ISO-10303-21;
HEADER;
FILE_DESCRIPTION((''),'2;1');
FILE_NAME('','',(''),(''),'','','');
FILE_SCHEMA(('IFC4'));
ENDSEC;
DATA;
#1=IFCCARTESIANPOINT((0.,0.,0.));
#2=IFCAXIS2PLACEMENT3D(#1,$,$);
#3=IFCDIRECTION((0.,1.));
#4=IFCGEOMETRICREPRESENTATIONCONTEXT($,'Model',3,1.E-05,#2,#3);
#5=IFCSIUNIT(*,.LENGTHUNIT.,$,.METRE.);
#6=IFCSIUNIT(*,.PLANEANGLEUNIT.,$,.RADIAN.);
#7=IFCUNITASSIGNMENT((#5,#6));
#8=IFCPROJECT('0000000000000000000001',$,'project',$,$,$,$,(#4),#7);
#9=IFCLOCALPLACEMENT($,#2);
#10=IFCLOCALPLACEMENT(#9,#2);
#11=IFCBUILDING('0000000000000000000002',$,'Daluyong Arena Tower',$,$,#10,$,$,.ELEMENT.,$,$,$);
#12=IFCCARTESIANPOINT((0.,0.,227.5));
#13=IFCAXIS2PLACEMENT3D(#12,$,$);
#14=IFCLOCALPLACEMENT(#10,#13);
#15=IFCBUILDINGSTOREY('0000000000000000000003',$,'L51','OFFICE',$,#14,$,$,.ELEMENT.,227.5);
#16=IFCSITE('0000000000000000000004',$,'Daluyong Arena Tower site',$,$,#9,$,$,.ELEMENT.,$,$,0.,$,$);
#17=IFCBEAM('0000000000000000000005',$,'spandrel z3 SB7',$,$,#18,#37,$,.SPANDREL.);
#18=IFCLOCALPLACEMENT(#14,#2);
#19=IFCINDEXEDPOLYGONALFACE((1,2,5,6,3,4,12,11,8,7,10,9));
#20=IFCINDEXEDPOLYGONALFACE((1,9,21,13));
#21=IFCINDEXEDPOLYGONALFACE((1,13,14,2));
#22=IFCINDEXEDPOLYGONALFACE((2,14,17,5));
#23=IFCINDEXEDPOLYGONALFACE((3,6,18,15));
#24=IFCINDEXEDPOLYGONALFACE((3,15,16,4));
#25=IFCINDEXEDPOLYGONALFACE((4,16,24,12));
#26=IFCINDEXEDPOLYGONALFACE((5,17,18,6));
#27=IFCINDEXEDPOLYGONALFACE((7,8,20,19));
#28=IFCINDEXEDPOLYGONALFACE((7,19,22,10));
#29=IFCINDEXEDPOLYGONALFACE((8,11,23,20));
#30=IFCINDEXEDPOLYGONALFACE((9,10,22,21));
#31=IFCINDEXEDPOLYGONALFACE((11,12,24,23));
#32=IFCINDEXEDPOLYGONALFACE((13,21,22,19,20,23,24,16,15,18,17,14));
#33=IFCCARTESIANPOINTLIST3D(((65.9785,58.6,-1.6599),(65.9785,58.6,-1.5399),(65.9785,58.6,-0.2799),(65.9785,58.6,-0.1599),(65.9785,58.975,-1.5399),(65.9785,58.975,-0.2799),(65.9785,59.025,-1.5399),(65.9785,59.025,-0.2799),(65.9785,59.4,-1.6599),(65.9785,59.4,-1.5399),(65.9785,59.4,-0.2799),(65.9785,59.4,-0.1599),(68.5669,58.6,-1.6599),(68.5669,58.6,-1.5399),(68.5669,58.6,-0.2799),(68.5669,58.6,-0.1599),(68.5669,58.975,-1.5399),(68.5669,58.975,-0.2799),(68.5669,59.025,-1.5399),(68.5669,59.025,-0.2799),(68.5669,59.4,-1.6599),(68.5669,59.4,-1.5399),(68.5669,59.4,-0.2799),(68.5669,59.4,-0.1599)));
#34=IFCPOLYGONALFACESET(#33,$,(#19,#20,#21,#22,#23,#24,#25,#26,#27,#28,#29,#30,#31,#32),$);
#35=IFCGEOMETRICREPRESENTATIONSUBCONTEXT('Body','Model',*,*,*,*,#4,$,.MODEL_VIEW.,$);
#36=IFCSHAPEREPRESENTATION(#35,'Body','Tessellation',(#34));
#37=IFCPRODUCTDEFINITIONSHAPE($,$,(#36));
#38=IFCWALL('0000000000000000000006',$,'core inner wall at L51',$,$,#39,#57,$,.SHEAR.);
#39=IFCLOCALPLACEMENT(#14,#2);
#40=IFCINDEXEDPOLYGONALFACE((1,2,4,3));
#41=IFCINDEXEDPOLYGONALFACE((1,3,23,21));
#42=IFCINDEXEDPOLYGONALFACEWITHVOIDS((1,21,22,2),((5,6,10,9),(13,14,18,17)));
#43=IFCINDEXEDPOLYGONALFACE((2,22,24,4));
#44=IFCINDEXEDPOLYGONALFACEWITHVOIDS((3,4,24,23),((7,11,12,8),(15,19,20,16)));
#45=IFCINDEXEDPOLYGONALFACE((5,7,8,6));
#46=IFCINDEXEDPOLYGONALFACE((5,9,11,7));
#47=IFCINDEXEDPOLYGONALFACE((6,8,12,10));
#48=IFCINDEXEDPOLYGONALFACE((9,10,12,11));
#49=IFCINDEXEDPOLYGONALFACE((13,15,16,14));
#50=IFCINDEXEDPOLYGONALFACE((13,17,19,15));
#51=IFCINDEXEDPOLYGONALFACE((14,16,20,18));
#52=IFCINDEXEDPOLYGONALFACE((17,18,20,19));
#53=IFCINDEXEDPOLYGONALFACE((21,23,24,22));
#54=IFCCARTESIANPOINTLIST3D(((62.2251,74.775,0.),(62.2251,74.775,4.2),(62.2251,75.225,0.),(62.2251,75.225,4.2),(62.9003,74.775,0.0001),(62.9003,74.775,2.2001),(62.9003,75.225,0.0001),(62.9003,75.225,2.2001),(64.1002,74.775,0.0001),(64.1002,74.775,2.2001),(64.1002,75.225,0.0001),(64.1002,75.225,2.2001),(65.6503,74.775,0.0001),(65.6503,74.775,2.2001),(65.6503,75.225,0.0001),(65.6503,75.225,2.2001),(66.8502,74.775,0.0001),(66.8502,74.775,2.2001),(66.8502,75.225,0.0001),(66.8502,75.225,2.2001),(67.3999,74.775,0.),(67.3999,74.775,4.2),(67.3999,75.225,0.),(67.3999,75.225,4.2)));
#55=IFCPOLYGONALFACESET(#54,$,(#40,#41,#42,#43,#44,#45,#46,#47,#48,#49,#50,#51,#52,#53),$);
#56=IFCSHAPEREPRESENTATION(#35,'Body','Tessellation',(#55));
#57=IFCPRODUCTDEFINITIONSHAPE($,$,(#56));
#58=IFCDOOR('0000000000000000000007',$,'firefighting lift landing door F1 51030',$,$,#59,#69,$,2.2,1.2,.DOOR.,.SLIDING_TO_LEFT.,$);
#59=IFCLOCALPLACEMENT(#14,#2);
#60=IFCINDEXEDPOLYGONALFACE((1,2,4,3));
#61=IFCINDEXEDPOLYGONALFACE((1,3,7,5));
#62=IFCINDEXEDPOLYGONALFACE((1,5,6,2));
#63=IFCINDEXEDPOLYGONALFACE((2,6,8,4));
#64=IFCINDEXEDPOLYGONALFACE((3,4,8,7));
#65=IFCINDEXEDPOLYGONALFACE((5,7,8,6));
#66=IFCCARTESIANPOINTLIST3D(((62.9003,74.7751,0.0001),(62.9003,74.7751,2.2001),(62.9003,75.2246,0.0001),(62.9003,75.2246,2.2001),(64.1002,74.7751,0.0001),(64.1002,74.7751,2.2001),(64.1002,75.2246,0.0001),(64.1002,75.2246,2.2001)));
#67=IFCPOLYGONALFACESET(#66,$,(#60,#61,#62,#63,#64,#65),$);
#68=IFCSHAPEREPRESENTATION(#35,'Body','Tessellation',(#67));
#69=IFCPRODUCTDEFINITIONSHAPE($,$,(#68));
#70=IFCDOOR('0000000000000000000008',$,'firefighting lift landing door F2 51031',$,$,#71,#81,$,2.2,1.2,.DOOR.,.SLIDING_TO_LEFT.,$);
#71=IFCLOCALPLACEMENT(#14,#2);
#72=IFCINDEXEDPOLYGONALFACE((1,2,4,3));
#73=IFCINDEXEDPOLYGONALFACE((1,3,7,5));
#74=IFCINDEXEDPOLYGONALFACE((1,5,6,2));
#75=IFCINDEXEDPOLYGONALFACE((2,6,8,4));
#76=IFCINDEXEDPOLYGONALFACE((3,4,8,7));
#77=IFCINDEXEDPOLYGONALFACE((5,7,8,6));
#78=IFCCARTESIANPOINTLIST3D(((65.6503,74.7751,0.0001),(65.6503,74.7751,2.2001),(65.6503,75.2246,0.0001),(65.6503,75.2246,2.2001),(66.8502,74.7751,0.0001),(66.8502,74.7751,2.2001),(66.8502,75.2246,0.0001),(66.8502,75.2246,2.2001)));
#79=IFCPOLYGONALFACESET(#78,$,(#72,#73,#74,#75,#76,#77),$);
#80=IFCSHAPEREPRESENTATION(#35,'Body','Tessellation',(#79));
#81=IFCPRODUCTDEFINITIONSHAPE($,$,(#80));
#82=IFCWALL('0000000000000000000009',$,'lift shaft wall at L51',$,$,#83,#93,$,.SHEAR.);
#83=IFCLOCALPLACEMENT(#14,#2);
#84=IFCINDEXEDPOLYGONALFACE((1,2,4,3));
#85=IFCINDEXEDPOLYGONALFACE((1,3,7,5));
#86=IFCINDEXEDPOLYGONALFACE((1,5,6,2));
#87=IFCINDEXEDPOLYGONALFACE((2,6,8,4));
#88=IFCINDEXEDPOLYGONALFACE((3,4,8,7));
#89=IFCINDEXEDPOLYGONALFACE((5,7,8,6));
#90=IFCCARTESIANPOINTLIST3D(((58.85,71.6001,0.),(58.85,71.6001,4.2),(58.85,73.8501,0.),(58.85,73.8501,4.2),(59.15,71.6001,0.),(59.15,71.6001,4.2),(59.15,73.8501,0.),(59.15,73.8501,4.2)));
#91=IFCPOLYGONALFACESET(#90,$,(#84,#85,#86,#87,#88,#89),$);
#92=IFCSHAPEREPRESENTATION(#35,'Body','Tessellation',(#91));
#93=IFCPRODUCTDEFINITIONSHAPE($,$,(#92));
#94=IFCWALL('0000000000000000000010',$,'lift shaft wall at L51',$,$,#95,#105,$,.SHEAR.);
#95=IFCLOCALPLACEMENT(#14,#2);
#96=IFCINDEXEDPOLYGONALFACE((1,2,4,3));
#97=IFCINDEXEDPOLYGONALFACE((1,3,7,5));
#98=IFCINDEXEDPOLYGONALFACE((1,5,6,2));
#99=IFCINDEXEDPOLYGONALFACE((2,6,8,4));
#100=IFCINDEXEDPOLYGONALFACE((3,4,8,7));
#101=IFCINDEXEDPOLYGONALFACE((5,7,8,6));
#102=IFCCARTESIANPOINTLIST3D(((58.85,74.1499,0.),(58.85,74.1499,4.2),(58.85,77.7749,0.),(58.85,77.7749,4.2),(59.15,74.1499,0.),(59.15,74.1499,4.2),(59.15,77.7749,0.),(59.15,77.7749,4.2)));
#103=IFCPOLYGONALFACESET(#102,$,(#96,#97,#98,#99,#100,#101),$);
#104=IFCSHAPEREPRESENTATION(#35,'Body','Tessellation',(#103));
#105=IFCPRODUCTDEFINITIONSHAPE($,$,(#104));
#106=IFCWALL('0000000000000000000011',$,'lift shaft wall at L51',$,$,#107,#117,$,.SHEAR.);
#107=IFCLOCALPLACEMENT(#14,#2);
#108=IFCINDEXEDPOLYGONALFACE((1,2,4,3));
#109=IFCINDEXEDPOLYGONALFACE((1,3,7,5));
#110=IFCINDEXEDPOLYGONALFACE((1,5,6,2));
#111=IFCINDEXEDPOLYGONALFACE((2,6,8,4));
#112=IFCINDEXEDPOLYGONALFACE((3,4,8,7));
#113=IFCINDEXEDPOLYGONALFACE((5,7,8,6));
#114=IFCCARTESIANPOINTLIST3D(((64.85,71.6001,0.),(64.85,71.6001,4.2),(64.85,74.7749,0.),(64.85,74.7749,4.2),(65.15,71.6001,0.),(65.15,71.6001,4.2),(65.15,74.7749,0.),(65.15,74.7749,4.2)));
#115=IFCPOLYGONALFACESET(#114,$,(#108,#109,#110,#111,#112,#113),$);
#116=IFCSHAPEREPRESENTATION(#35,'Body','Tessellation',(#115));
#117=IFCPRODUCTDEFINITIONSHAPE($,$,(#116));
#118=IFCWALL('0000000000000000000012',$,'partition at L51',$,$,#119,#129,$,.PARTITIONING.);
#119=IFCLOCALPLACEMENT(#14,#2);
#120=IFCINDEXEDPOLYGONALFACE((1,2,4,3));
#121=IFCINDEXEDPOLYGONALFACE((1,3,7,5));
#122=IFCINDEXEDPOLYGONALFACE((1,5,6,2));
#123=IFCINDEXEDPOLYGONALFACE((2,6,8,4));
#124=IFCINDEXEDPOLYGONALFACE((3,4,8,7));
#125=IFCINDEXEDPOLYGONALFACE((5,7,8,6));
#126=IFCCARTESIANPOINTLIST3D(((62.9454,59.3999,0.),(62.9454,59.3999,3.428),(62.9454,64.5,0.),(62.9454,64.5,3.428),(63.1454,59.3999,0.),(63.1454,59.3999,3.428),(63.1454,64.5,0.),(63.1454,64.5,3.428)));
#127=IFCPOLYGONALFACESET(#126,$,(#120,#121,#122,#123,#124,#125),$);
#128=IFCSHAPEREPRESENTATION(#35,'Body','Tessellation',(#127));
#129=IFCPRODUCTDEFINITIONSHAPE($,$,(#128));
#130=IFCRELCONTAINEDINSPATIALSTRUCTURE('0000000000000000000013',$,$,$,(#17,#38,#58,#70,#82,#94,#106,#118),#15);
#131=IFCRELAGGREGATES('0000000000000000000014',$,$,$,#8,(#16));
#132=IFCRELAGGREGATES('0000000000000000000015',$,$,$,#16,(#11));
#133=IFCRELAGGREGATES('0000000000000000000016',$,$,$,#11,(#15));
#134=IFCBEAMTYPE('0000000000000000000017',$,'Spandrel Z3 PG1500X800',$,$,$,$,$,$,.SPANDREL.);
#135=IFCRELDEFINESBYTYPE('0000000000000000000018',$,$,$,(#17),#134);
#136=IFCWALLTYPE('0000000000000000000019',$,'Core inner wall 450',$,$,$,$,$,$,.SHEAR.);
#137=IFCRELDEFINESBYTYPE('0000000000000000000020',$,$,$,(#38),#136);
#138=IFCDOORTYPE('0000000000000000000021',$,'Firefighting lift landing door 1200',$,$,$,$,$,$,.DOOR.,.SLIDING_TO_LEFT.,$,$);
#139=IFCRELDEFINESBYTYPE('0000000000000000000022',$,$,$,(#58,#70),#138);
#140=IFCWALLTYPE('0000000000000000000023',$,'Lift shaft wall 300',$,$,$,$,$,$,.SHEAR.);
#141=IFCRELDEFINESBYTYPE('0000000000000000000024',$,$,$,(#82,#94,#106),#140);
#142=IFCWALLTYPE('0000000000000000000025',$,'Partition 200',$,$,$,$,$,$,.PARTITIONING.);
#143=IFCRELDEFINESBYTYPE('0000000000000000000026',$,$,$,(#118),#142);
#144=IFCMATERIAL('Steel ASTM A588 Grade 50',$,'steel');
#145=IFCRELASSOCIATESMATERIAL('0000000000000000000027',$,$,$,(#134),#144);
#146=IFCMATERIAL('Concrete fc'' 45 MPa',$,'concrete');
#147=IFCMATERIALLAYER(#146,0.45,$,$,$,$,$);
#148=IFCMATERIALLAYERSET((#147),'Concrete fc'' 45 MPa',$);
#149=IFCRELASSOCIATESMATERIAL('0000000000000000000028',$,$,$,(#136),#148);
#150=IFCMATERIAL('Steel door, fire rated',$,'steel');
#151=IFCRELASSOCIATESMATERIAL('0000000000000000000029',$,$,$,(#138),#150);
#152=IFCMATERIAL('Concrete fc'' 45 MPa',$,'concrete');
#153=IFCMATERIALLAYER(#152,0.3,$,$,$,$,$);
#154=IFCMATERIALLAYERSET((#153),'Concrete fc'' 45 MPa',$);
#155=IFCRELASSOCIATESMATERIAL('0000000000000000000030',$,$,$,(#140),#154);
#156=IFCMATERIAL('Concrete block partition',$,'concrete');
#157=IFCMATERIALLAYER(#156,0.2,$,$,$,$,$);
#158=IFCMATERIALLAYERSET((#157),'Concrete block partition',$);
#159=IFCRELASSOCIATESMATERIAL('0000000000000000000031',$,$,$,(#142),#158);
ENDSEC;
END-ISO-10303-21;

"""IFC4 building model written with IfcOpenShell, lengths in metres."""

from ifc_helpers import new_model, si_unit, direction, frame, frame_2d, origin, origin_2d, place, context, subcontext, project, spatial, rectangle, i_section, extrude, material, layer, layer_set, material_profile, profile_set, type_object, element, fill, save


model = new_model("IFC4")

# Units and contexts
model_context = context("Model", 3, precision=1e-05, world=origin(), true_north=direction((0.0, 1.0)))
body_context = subcontext(model_context, "Body", "Model", "MODEL_VIEW")
ifc_project = project(units=[si_unit("LENGTHUNIT", "METRE"), si_unit("PLANEANGLEUNIT", "RADIAN")], contexts=[model_context])

# Site, building, storey
site_placement = place(None, origin())
site = spatial("IfcSite", under=ifc_project, at=site_placement, Name="Daluyong Arena Tower site", CompositionType="ELEMENT", RefElevation=0.0)
building_placement = place(site_placement, origin())
building = spatial("IfcBuilding", under=site, at=building_placement, Name="Daluyong Arena Tower", CompositionType="ELEMENT")
storey_placement = place(building_placement, frame((0.0, 0.0, 227.5)))
storey = spatial("IfcBuildingStorey", under=building, at=storey_placement, Name="L51", Description="OFFICE", CompositionType="ELEMENT", Elevation=227.5)

# Beam
ifc_material_1 = material(Name="Steel ASTM A588 Grade 50", Category="steel")
ifc_material_profile_1 = material_profile(ifc_material_1, i_section(OverallWidth=0.8, OverallDepth=1.5, WebThickness=0.05, FlangeThickness=0.12, at=origin_2d()))
ifc_profile_set_1 = profile_set([ifc_material_profile_1], Name="Steel ASTM A588 Grade 50")
beam_type_1 = type_object("IfcBeamType", Name="Spandrel Z3 PG1500X800", PredefinedType="SPANDREL", material=ifc_profile_set_1)
beam_1_placement = place(storey_placement, frame((65.9785, 59.0, -0.9099), z_axis=(1.0, 0.0, 0.0), x_axis=(0.0, 1.0, 0.0)))
element("IfcBeam", 1, at=beam_1_placement, inside=storey, type_object=beam_type_1, Name="spandrel z3 SB7", PredefinedType="SPANDREL", context=body_context, shape_type="SweptSolid", body=[
    extrude(i_section(OverallWidth=0.8, OverallDepth=1.5, WebThickness=0.05, FlangeThickness=0.12, at=origin_2d()), origin(), (0.0, 0.0, 1.0), 2.5884),
])

# Shared definitions
ifc_material_2 = material(Name="Concrete fc' 45 MPa", Category="concrete")
ifc_layer_1 = layer(ifc_material_2, 0.45)
ifc_layer_set_1 = layer_set([ifc_layer_1], Name="Concrete fc' 45 MPa")
wall_type_1 = type_object("IfcWallType", Name="Core inner wall 450", PredefinedType="SHEAR", material=ifc_layer_set_1)

# Wall, openings, doors
wall_1_placement = place(storey_placement, frame((62.2251, 75.0, 0.0), z_axis=(0.0, 0.0, 1.0), x_axis=(1.0, 0.0, 0.0)))
wall_1 = element("IfcWall", 2, at=wall_1_placement, inside=storey, type_object=wall_type_1, Name="core inner wall at L51", PredefinedType="SHEAR", context=body_context, shape_type="SweptSolid", body=[
    extrude(rectangle(XDim=5.1748, YDim=0.45, at=frame_2d((2.5874, 0.0))), origin(), (0.0, 0.0, 1.0), 4.2),
])
opening_1_placement = place(wall_1_placement, frame((0.675, 0.0, 0.0)))
opening_1 = element("IfcOpeningElement", 3, at=opening_1_placement, cuts=wall_1, PredefinedType="OPENING", context=body_context, shape_type="SweptSolid", body=[
    extrude(rectangle(XDim=1.2, YDim=2.2, at=frame_2d((0.6001, 1.1001))), frame((0.0, 0.2349, 0.0), z_axis=(0.0, -1.0, 0.0), x_axis=(1.0, 0.0, 0.0)), (0.0, 0.0, 1.0), 0.47),
])
opening_2_placement = place(wall_1_placement, frame((3.425, 0.0, 0.0)))
opening_2 = element("IfcOpeningElement", 4, at=opening_2_placement, cuts=wall_1, PredefinedType="OPENING", context=body_context, shape_type="SweptSolid", body=[
    extrude(rectangle(XDim=1.2, YDim=2.2, at=frame_2d((0.6001, 1.1001))), frame((0.0, 0.2349, 0.0), z_axis=(0.0, -1.0, 0.0), x_axis=(1.0, 0.0, 0.0)), (0.0, 0.0, 1.0), 0.47),
])
ifc_material_3 = material(Name="Steel door, fire rated", Category="steel")
door_type_1 = type_object("IfcDoorType", Name="Firefighting lift landing door 1200", OperationType="SLIDING_TO_LEFT", PredefinedType="DOOR", material=ifc_material_3)
door_1_placement = place(opening_1_placement, origin())
door_1 = element("IfcDoor", 5, at=door_1_placement, inside=storey, type_object=door_type_1, Name="firefighting lift landing door F1 51030", OperationType="SLIDING_TO_LEFT", OverallHeight=2.2, OverallWidth=1.2, PredefinedType="DOOR", context=body_context, shape_type="SweptSolid", body=[
    extrude(rectangle(XDim=1.2, YDim=2.2, at=frame_2d((0.6001, 1.1001))), frame((0.0, 0.2246, 0.0), z_axis=(0.0, -1.0, 0.0), x_axis=(1.0, 0.0, 0.0)), (0.0, 0.0, 1.0), 0.4495),
])
fill(opening_1, door_1)
door_2_placement = place(opening_2_placement, origin())
door_2 = element("IfcDoor", 6, at=door_2_placement, inside=storey, type_object=door_type_1, Name="firefighting lift landing door F2 51031", OperationType="SLIDING_TO_LEFT", OverallHeight=2.2, OverallWidth=1.2, PredefinedType="DOOR", context=body_context, shape_type="SweptSolid", body=[
    extrude(rectangle(XDim=1.2, YDim=2.2, at=frame_2d((0.6001, 1.1001))), frame((0.0, 0.2246, 0.0), z_axis=(0.0, -1.0, 0.0), x_axis=(1.0, 0.0, 0.0)), (0.0, 0.0, 1.0), 0.4495),
])
fill(opening_2, door_2)

# Walls
ifc_material_4 = material(Name="Concrete fc' 45 MPa", Category="concrete")
ifc_layer_2 = layer(ifc_material_4, 0.3)
ifc_layer_set_2 = layer_set([ifc_layer_2], Name="Concrete fc' 45 MPa")
wall_type_2 = type_object("IfcWallType", Name="Lift shaft wall 300", PredefinedType="SHEAR", material=ifc_layer_set_2)
wall_2_placement = place(storey_placement, frame((59.0, 71.6001, 0.0), z_axis=(0.0, 0.0, 1.0), x_axis=(0.0, 1.0, 0.0)))
element("IfcWall", 7, at=wall_2_placement, inside=storey, type_object=wall_type_2, Name="lift shaft wall at L51", PredefinedType="SHEAR", context=body_context, shape_type="SweptSolid", body=[
    extrude(rectangle(XDim=2.25, YDim=0.3, at=frame_2d((1.125, 0.0))), origin(), (0.0, 0.0, 1.0), 4.2),
])
wall_3_placement = place(storey_placement, frame((59.0, 74.1499, 0.0), z_axis=(0.0, 0.0, 1.0), x_axis=(0.0, 1.0, 0.0)))
element("IfcWall", 8, at=wall_3_placement, inside=storey, type_object=wall_type_2, Name="lift shaft wall at L51", PredefinedType="SHEAR", context=body_context, shape_type="SweptSolid", body=[
    extrude(rectangle(XDim=3.625, YDim=0.3, at=frame_2d((1.8125, 0.0))), origin(), (0.0, 0.0, 1.0), 4.2),
])
wall_4_placement = place(storey_placement, frame((65.0, 71.6001, 0.0), z_axis=(0.0, 0.0, 1.0), x_axis=(0.0, 1.0, 0.0)))
element("IfcWall", 9, at=wall_4_placement, inside=storey, type_object=wall_type_2, Name="lift shaft wall at L51", PredefinedType="SHEAR", context=body_context, shape_type="SweptSolid", body=[
    extrude(rectangle(XDim=3.1748, YDim=0.3, at=frame_2d((1.5874, 0.0))), origin(), (0.0, 0.0, 1.0), 4.2),
])
ifc_material_5 = material(Name="Concrete block partition", Category="concrete")
ifc_layer_3 = layer(ifc_material_5, 0.2)
ifc_layer_set_3 = layer_set([ifc_layer_3], Name="Concrete block partition")
wall_type_3 = type_object("IfcWallType", Name="Partition 200", PredefinedType="PARTITIONING", material=ifc_layer_set_3)
wall_5_placement = place(storey_placement, frame((63.0454, 59.3999, 0.0), z_axis=(0.0, 0.0, 1.0), x_axis=(0.0, 1.0, 0.0)))
element("IfcWall", 10, at=wall_5_placement, inside=storey, type_object=wall_type_3, Name="partition at L51", PredefinedType="PARTITIONING", context=body_context, shape_type="SweptSolid", body=[
    extrude(rectangle(XDim=5.1001, YDim=0.2, at=frame_2d((2.55, 0.0))), origin(), (0.0, 0.0, 1.0), 3.428),
])

save(model, "model.ifc")
